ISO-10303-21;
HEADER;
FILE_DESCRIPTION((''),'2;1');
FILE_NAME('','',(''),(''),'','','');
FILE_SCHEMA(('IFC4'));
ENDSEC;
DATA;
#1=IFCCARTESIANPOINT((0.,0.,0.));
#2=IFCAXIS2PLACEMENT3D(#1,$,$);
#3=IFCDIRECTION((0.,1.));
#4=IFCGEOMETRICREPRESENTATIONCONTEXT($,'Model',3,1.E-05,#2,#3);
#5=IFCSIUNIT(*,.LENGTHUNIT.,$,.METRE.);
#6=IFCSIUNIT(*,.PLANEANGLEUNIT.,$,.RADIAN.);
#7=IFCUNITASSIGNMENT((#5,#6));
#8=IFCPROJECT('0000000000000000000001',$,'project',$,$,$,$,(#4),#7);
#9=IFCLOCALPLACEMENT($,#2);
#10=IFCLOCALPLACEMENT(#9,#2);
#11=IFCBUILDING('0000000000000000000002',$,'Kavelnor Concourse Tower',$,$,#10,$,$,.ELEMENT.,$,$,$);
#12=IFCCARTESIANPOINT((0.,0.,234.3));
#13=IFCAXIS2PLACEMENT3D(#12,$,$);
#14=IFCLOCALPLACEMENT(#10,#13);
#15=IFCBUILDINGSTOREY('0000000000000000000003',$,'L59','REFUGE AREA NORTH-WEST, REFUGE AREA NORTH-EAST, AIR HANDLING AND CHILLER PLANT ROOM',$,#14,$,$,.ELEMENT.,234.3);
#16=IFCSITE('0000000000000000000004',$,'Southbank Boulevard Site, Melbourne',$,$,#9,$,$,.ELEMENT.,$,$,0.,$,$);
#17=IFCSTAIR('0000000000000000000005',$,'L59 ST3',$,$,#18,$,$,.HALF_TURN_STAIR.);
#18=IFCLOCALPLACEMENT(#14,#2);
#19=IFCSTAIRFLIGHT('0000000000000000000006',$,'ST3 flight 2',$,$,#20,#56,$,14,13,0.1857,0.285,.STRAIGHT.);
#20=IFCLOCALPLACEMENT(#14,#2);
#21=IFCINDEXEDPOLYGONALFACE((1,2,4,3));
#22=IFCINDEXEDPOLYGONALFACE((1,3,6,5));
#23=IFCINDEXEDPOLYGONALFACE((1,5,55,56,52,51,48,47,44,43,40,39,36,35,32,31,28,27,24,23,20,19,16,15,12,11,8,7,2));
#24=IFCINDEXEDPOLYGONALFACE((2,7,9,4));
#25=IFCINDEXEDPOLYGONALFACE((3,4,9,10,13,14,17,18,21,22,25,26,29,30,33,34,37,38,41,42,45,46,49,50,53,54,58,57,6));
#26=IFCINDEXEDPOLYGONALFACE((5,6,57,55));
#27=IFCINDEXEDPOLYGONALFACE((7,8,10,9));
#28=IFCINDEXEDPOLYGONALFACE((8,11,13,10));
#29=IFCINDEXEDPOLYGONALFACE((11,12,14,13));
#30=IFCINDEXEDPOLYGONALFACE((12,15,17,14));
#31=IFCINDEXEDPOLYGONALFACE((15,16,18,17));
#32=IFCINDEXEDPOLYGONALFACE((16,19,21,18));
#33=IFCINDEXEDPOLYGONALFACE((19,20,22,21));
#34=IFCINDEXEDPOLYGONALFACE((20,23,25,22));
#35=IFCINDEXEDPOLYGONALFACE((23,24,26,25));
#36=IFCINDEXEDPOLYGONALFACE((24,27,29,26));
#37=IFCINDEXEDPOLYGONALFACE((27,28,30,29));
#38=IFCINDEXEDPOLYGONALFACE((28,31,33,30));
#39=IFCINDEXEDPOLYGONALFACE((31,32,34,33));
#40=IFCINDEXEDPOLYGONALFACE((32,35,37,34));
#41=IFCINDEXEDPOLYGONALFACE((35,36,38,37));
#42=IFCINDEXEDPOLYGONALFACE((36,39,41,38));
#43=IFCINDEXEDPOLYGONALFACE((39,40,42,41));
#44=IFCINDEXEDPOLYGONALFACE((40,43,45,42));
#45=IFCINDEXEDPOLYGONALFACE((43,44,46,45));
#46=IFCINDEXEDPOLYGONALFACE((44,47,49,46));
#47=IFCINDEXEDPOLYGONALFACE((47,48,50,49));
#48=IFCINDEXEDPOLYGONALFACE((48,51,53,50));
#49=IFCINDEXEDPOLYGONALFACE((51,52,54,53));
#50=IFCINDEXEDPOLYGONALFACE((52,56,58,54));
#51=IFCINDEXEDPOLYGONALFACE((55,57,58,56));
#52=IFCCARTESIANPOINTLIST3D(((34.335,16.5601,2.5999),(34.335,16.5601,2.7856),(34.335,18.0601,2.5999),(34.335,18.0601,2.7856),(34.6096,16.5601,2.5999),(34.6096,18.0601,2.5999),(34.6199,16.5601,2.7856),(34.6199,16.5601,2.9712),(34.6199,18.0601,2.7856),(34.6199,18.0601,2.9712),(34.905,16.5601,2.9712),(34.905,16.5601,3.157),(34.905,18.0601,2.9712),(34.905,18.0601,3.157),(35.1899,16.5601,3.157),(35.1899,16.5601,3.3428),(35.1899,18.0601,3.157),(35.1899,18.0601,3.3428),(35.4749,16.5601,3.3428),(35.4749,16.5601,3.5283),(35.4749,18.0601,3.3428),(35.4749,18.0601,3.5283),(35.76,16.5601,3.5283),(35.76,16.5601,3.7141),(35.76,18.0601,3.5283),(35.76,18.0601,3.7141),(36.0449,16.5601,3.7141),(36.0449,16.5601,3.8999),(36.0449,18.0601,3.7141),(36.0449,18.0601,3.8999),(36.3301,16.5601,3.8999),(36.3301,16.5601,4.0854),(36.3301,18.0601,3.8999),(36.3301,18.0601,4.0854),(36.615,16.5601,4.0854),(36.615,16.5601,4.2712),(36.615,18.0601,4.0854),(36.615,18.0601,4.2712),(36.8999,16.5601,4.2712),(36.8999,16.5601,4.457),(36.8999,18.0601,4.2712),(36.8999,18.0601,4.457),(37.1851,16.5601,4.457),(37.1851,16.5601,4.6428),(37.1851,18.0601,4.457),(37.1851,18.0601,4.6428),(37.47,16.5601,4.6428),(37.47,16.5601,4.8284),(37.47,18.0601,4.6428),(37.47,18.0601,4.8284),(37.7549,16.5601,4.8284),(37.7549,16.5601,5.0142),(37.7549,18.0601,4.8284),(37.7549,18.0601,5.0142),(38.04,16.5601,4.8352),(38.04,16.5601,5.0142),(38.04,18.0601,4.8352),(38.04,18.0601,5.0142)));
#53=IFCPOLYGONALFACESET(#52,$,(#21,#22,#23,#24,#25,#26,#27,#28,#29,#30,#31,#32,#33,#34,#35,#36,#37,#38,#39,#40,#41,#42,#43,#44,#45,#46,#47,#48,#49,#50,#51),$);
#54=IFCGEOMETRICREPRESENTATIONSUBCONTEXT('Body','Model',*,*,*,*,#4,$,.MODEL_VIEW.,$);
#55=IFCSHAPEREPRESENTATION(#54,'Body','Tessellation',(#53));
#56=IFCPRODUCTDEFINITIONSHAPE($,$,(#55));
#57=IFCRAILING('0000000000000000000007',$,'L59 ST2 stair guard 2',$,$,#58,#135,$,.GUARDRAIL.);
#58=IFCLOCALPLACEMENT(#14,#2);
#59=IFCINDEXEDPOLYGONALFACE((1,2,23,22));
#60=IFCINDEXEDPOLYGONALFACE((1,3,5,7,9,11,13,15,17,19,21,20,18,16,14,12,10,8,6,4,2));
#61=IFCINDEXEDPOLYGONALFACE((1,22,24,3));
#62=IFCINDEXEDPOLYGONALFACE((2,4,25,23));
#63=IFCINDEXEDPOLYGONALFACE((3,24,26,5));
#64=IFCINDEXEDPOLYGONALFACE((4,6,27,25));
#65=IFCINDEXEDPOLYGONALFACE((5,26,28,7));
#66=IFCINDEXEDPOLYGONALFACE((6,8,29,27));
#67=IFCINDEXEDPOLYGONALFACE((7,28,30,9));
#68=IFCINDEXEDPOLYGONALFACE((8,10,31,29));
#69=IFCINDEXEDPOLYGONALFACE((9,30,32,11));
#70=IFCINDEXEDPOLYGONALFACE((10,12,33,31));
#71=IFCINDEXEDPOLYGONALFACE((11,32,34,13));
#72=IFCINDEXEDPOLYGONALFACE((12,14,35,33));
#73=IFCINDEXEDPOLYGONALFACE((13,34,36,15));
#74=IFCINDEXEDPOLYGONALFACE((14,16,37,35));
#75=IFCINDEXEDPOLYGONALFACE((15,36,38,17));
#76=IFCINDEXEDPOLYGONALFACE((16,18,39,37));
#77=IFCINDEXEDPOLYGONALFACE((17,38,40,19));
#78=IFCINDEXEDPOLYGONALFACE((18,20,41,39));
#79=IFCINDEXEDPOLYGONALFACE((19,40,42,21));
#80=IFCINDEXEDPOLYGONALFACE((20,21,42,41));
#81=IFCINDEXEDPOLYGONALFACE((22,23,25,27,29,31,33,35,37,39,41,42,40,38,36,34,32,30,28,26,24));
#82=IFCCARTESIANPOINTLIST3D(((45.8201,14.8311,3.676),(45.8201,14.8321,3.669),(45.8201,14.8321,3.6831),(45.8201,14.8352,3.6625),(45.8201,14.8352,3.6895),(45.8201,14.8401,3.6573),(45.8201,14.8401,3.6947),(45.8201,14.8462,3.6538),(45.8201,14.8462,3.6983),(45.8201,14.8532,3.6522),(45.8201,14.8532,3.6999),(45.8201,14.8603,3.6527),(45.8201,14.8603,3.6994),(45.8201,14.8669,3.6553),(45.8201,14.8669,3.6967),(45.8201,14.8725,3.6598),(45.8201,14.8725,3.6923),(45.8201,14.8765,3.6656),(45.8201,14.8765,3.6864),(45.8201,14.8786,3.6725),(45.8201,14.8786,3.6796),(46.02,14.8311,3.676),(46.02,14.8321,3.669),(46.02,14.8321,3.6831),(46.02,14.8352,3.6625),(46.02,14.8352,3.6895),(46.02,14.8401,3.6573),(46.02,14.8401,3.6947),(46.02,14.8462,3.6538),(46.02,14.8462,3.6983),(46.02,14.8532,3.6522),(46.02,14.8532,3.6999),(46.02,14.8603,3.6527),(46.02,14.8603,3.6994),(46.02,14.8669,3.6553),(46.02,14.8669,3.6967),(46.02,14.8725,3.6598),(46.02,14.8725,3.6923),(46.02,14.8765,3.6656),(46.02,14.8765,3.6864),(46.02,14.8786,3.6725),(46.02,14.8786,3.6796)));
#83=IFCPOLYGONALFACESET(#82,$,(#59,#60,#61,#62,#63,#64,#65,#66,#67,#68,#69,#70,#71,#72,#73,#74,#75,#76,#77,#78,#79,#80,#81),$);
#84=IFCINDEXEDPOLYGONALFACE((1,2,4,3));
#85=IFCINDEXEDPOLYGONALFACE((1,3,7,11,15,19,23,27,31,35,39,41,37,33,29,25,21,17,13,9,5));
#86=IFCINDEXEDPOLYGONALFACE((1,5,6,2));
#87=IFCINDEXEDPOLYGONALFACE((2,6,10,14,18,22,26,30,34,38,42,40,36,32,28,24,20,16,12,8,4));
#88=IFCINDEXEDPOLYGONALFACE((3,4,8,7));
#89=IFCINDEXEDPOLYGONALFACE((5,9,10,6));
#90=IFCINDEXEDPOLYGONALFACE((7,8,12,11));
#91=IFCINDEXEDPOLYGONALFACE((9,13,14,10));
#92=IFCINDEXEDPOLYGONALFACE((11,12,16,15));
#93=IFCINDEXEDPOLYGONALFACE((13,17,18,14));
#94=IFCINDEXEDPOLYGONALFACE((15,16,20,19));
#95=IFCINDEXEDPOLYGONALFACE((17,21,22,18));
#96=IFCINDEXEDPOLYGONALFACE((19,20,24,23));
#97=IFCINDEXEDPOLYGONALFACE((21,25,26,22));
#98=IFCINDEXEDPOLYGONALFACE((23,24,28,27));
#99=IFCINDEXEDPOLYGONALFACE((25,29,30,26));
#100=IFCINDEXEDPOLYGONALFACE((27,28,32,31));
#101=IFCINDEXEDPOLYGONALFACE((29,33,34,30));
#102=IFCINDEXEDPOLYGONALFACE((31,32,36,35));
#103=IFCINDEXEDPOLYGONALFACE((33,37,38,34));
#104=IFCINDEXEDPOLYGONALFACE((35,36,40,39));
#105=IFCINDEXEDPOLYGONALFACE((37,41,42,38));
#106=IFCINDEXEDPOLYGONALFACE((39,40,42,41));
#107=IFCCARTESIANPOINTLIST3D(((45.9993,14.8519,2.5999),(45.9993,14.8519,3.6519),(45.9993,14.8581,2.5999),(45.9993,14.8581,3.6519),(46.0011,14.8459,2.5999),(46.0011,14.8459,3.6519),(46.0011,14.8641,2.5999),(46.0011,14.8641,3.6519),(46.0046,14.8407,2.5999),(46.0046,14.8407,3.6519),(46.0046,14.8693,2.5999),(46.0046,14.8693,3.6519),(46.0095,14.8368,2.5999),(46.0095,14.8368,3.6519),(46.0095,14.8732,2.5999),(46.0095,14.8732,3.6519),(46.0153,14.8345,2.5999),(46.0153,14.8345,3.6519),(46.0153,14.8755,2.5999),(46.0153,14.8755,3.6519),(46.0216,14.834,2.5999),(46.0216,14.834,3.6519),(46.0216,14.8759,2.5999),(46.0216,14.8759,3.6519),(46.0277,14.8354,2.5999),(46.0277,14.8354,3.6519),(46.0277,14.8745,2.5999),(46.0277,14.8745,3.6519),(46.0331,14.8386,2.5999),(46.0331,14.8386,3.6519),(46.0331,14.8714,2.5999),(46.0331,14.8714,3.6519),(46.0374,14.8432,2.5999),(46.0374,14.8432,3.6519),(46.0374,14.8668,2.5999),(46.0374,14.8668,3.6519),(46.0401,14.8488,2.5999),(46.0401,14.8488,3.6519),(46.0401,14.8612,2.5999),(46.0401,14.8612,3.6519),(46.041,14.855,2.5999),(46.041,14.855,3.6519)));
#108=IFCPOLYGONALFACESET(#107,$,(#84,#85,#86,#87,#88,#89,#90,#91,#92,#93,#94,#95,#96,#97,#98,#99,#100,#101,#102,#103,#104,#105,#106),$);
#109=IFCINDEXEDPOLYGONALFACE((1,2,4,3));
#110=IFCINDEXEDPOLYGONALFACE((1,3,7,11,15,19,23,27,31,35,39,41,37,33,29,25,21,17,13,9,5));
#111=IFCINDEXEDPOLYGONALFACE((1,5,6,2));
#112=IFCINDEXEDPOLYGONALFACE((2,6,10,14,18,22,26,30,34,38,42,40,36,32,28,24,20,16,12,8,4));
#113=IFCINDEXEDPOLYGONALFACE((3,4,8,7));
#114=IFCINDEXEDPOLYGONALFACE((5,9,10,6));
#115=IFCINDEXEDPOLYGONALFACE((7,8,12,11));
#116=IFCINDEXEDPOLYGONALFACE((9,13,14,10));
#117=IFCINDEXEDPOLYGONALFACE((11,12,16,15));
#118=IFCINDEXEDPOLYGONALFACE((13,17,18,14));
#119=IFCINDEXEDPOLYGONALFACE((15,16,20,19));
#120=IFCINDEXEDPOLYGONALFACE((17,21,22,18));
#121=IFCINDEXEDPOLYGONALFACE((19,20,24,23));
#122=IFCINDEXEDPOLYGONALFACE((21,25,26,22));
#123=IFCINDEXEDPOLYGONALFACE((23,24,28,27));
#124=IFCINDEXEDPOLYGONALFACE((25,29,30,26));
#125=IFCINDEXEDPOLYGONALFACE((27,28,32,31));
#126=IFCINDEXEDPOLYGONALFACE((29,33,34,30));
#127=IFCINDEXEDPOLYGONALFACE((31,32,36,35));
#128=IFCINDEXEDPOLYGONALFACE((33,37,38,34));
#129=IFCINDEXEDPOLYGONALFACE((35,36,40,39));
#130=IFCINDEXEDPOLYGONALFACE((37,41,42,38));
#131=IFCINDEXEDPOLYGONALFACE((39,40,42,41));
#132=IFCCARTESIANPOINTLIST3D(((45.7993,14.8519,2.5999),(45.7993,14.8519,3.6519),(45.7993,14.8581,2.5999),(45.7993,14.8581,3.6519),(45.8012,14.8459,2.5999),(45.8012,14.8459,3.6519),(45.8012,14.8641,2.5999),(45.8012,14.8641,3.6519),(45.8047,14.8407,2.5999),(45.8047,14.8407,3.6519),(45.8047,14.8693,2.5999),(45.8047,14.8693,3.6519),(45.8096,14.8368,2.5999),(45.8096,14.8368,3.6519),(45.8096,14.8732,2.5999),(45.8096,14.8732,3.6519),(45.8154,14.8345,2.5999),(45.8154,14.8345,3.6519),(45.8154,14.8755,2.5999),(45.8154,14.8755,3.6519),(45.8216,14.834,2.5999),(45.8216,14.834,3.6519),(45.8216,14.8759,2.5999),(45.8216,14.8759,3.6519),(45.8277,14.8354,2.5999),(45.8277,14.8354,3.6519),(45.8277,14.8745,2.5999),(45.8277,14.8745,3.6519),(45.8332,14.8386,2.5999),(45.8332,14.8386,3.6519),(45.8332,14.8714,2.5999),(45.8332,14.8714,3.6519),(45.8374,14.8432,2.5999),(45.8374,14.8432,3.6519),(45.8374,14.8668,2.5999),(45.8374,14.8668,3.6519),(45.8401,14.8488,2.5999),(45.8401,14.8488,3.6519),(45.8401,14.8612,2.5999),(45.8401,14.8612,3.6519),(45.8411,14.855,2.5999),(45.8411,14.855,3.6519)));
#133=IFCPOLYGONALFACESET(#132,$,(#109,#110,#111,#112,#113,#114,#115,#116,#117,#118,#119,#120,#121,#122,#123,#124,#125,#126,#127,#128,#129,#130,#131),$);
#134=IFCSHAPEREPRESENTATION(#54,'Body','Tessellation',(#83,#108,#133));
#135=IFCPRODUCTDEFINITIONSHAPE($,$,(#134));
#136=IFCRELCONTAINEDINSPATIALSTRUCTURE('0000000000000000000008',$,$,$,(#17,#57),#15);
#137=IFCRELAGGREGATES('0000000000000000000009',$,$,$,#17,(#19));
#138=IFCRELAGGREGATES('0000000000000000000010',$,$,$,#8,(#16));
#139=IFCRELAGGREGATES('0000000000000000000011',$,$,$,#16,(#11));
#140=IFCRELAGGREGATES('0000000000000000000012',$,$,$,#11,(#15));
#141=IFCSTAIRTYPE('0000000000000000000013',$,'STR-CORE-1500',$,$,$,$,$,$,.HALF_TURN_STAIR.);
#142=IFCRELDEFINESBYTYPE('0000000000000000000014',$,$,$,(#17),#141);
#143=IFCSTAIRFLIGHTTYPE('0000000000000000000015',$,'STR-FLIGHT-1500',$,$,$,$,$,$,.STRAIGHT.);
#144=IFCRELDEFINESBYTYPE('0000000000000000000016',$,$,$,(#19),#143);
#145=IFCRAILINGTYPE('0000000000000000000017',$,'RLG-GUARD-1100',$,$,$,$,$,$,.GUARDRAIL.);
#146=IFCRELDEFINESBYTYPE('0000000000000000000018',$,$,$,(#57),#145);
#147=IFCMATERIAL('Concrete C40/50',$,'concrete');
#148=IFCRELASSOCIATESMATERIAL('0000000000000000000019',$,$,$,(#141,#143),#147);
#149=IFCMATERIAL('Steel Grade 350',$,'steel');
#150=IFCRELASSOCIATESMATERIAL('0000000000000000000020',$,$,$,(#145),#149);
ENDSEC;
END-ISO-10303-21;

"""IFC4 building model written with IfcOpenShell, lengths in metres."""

from ifc_helpers import new_model, si_unit, direction, frame, origin, origin_2d, place, context, subcontext, project, spatial, polyline, circle, outline, extrude, material, type_object, element, aggregate, save


model = new_model("IFC4")

# Units and contexts
model_context = context("Model", 3, precision=1e-05, world=origin(), true_north=direction((0.0, 1.0)))
body_context = subcontext(model_context, "Body", "Model", "MODEL_VIEW")
ifc_project = project(units=[si_unit("LENGTHUNIT", "METRE"), si_unit("PLANEANGLEUNIT", "RADIAN")], contexts=[model_context])

# Site, building, storey
site_placement = place(None, origin())
site = spatial("IfcSite", under=ifc_project, at=site_placement, Name="Southbank Boulevard Site, Melbourne", CompositionType="ELEMENT", RefElevation=0.0)
building_placement = place(site_placement, origin())
building = spatial("IfcBuilding", under=site, at=building_placement, Name="Kavelnor Concourse Tower", CompositionType="ELEMENT")
storey_placement = place(building_placement, frame((0.0, 0.0, 234.3)))
storey = spatial("IfcBuildingStorey", under=building, at=storey_placement, Name="L59", Description="REFUGE AREA NORTH-WEST, REFUGE AREA NORTH-EAST, AIR HANDLING AND CHILLER PLANT ROOM", CompositionType="ELEMENT", Elevation=234.3)

# Shared definitions
ifc_material_1 = material(Name="Steel Grade 350", Category="steel")

# Stair, stair flight
ifc_material_2 = material(Name="Concrete C40/50", Category="concrete")
stair_type = type_object("IfcStairType", Name="STR-CORE-1500", PredefinedType="HALF_TURN_STAIR", material=ifc_material_2)
stair_placement = place(storey_placement, origin())
stair = element("IfcStair", 1, at=stair_placement, inside=storey, type_object=stair_type, Name="L59 ST3", PredefinedType="HALF_TURN_STAIR")
stair_flight_type = type_object("IfcStairFlightType", Name="STR-FLIGHT-1500", PredefinedType="STRAIGHT", material=ifc_material_2)
stair_flight_1_placement = place(storey_placement, frame((34.335, 17.3101, 2.5999), z_axis=(0.0, 0.0, 1.0), x_axis=(1.0, 0.0, 0.0)))
stair_flight_1 = element("IfcStairFlight", 2, at=stair_flight_1_placement, type_object=stair_flight_type, Name="ST3 flight 2", NumberOfRisers=14, NumberOfTreads=13, PredefinedType="STRAIGHT", RiserHeight=0.1857, TreadLength=0.285, context=body_context, shape_type="SweptSolid", body=[
    extrude(outline(polyline([(0.0, 0.0), (0.0, 0.1858), (0.2849, 0.1858), (0.2849, 0.3713), (0.5701, 0.3713), (0.5701, 0.5571), (0.855, 0.5571), (0.855, 0.7429), (1.1399, 0.7429), (1.1399, 0.9285), (1.425, 0.9285), (1.425, 1.1143), (1.71, 1.1143), (1.71, 1.3), (1.9951, 1.3), (1.9951, 1.4856), (2.28, 1.4856), (2.28, 1.6714), (2.5649, 1.6714), (2.5649, 1.8572), (2.8501, 1.8572), (2.8501, 2.043), (3.135, 2.043), (3.135, 2.2285), (3.4199, 2.2285), (3.4199, 2.4143), (3.7051, 2.4143), (3.7051, 2.6001), (3.7051, 2.2354), (0.2747, 0.0), (0.0, 0.0)])), frame((0.0, 0.75, 0.0), z_axis=(0.0, -1.0, 0.0), x_axis=(1.0, 0.0, 0.0)), (0.0, 0.0, 1.0), 1.5),
])
aggregate(stair, [stair_flight_1])

# Railing
railing_type_1 = type_object("IfcRailingType", Name="RLG-GUARD-1100", PredefinedType="GUARDRAIL", material=ifc_material_1)
railing_1_placement = place(storey_placement, frame((46.02, 14.855, 2.5999)))
element("IfcRailing", 3, at=railing_1_placement, inside=storey, type_object=railing_type_1, Name="L59 ST2 stair guard 2", PredefinedType="GUARDRAIL", context=body_context, shape_type="SweptSolid", body=[
    extrude(circle(Radius=0.0239, at=origin_2d()), frame((0.0, 0.0, 1.0762), z_axis=(-1.0, 0.0, 0.0), x_axis=(0.0, -1.0, 0.0)), (0.0, 0.0, 1.0), 0.2),
    extrude(circle(Radius=0.021, at=origin_2d()), origin(), (0.0, 0.0, 1.0), 1.052),
    extrude(circle(Radius=0.021, at=origin_2d()), frame((-0.2, 0.0, 0.0)), (0.0, 0.0, 1.0), 1.052),
])

save(model, "model.ifc")
